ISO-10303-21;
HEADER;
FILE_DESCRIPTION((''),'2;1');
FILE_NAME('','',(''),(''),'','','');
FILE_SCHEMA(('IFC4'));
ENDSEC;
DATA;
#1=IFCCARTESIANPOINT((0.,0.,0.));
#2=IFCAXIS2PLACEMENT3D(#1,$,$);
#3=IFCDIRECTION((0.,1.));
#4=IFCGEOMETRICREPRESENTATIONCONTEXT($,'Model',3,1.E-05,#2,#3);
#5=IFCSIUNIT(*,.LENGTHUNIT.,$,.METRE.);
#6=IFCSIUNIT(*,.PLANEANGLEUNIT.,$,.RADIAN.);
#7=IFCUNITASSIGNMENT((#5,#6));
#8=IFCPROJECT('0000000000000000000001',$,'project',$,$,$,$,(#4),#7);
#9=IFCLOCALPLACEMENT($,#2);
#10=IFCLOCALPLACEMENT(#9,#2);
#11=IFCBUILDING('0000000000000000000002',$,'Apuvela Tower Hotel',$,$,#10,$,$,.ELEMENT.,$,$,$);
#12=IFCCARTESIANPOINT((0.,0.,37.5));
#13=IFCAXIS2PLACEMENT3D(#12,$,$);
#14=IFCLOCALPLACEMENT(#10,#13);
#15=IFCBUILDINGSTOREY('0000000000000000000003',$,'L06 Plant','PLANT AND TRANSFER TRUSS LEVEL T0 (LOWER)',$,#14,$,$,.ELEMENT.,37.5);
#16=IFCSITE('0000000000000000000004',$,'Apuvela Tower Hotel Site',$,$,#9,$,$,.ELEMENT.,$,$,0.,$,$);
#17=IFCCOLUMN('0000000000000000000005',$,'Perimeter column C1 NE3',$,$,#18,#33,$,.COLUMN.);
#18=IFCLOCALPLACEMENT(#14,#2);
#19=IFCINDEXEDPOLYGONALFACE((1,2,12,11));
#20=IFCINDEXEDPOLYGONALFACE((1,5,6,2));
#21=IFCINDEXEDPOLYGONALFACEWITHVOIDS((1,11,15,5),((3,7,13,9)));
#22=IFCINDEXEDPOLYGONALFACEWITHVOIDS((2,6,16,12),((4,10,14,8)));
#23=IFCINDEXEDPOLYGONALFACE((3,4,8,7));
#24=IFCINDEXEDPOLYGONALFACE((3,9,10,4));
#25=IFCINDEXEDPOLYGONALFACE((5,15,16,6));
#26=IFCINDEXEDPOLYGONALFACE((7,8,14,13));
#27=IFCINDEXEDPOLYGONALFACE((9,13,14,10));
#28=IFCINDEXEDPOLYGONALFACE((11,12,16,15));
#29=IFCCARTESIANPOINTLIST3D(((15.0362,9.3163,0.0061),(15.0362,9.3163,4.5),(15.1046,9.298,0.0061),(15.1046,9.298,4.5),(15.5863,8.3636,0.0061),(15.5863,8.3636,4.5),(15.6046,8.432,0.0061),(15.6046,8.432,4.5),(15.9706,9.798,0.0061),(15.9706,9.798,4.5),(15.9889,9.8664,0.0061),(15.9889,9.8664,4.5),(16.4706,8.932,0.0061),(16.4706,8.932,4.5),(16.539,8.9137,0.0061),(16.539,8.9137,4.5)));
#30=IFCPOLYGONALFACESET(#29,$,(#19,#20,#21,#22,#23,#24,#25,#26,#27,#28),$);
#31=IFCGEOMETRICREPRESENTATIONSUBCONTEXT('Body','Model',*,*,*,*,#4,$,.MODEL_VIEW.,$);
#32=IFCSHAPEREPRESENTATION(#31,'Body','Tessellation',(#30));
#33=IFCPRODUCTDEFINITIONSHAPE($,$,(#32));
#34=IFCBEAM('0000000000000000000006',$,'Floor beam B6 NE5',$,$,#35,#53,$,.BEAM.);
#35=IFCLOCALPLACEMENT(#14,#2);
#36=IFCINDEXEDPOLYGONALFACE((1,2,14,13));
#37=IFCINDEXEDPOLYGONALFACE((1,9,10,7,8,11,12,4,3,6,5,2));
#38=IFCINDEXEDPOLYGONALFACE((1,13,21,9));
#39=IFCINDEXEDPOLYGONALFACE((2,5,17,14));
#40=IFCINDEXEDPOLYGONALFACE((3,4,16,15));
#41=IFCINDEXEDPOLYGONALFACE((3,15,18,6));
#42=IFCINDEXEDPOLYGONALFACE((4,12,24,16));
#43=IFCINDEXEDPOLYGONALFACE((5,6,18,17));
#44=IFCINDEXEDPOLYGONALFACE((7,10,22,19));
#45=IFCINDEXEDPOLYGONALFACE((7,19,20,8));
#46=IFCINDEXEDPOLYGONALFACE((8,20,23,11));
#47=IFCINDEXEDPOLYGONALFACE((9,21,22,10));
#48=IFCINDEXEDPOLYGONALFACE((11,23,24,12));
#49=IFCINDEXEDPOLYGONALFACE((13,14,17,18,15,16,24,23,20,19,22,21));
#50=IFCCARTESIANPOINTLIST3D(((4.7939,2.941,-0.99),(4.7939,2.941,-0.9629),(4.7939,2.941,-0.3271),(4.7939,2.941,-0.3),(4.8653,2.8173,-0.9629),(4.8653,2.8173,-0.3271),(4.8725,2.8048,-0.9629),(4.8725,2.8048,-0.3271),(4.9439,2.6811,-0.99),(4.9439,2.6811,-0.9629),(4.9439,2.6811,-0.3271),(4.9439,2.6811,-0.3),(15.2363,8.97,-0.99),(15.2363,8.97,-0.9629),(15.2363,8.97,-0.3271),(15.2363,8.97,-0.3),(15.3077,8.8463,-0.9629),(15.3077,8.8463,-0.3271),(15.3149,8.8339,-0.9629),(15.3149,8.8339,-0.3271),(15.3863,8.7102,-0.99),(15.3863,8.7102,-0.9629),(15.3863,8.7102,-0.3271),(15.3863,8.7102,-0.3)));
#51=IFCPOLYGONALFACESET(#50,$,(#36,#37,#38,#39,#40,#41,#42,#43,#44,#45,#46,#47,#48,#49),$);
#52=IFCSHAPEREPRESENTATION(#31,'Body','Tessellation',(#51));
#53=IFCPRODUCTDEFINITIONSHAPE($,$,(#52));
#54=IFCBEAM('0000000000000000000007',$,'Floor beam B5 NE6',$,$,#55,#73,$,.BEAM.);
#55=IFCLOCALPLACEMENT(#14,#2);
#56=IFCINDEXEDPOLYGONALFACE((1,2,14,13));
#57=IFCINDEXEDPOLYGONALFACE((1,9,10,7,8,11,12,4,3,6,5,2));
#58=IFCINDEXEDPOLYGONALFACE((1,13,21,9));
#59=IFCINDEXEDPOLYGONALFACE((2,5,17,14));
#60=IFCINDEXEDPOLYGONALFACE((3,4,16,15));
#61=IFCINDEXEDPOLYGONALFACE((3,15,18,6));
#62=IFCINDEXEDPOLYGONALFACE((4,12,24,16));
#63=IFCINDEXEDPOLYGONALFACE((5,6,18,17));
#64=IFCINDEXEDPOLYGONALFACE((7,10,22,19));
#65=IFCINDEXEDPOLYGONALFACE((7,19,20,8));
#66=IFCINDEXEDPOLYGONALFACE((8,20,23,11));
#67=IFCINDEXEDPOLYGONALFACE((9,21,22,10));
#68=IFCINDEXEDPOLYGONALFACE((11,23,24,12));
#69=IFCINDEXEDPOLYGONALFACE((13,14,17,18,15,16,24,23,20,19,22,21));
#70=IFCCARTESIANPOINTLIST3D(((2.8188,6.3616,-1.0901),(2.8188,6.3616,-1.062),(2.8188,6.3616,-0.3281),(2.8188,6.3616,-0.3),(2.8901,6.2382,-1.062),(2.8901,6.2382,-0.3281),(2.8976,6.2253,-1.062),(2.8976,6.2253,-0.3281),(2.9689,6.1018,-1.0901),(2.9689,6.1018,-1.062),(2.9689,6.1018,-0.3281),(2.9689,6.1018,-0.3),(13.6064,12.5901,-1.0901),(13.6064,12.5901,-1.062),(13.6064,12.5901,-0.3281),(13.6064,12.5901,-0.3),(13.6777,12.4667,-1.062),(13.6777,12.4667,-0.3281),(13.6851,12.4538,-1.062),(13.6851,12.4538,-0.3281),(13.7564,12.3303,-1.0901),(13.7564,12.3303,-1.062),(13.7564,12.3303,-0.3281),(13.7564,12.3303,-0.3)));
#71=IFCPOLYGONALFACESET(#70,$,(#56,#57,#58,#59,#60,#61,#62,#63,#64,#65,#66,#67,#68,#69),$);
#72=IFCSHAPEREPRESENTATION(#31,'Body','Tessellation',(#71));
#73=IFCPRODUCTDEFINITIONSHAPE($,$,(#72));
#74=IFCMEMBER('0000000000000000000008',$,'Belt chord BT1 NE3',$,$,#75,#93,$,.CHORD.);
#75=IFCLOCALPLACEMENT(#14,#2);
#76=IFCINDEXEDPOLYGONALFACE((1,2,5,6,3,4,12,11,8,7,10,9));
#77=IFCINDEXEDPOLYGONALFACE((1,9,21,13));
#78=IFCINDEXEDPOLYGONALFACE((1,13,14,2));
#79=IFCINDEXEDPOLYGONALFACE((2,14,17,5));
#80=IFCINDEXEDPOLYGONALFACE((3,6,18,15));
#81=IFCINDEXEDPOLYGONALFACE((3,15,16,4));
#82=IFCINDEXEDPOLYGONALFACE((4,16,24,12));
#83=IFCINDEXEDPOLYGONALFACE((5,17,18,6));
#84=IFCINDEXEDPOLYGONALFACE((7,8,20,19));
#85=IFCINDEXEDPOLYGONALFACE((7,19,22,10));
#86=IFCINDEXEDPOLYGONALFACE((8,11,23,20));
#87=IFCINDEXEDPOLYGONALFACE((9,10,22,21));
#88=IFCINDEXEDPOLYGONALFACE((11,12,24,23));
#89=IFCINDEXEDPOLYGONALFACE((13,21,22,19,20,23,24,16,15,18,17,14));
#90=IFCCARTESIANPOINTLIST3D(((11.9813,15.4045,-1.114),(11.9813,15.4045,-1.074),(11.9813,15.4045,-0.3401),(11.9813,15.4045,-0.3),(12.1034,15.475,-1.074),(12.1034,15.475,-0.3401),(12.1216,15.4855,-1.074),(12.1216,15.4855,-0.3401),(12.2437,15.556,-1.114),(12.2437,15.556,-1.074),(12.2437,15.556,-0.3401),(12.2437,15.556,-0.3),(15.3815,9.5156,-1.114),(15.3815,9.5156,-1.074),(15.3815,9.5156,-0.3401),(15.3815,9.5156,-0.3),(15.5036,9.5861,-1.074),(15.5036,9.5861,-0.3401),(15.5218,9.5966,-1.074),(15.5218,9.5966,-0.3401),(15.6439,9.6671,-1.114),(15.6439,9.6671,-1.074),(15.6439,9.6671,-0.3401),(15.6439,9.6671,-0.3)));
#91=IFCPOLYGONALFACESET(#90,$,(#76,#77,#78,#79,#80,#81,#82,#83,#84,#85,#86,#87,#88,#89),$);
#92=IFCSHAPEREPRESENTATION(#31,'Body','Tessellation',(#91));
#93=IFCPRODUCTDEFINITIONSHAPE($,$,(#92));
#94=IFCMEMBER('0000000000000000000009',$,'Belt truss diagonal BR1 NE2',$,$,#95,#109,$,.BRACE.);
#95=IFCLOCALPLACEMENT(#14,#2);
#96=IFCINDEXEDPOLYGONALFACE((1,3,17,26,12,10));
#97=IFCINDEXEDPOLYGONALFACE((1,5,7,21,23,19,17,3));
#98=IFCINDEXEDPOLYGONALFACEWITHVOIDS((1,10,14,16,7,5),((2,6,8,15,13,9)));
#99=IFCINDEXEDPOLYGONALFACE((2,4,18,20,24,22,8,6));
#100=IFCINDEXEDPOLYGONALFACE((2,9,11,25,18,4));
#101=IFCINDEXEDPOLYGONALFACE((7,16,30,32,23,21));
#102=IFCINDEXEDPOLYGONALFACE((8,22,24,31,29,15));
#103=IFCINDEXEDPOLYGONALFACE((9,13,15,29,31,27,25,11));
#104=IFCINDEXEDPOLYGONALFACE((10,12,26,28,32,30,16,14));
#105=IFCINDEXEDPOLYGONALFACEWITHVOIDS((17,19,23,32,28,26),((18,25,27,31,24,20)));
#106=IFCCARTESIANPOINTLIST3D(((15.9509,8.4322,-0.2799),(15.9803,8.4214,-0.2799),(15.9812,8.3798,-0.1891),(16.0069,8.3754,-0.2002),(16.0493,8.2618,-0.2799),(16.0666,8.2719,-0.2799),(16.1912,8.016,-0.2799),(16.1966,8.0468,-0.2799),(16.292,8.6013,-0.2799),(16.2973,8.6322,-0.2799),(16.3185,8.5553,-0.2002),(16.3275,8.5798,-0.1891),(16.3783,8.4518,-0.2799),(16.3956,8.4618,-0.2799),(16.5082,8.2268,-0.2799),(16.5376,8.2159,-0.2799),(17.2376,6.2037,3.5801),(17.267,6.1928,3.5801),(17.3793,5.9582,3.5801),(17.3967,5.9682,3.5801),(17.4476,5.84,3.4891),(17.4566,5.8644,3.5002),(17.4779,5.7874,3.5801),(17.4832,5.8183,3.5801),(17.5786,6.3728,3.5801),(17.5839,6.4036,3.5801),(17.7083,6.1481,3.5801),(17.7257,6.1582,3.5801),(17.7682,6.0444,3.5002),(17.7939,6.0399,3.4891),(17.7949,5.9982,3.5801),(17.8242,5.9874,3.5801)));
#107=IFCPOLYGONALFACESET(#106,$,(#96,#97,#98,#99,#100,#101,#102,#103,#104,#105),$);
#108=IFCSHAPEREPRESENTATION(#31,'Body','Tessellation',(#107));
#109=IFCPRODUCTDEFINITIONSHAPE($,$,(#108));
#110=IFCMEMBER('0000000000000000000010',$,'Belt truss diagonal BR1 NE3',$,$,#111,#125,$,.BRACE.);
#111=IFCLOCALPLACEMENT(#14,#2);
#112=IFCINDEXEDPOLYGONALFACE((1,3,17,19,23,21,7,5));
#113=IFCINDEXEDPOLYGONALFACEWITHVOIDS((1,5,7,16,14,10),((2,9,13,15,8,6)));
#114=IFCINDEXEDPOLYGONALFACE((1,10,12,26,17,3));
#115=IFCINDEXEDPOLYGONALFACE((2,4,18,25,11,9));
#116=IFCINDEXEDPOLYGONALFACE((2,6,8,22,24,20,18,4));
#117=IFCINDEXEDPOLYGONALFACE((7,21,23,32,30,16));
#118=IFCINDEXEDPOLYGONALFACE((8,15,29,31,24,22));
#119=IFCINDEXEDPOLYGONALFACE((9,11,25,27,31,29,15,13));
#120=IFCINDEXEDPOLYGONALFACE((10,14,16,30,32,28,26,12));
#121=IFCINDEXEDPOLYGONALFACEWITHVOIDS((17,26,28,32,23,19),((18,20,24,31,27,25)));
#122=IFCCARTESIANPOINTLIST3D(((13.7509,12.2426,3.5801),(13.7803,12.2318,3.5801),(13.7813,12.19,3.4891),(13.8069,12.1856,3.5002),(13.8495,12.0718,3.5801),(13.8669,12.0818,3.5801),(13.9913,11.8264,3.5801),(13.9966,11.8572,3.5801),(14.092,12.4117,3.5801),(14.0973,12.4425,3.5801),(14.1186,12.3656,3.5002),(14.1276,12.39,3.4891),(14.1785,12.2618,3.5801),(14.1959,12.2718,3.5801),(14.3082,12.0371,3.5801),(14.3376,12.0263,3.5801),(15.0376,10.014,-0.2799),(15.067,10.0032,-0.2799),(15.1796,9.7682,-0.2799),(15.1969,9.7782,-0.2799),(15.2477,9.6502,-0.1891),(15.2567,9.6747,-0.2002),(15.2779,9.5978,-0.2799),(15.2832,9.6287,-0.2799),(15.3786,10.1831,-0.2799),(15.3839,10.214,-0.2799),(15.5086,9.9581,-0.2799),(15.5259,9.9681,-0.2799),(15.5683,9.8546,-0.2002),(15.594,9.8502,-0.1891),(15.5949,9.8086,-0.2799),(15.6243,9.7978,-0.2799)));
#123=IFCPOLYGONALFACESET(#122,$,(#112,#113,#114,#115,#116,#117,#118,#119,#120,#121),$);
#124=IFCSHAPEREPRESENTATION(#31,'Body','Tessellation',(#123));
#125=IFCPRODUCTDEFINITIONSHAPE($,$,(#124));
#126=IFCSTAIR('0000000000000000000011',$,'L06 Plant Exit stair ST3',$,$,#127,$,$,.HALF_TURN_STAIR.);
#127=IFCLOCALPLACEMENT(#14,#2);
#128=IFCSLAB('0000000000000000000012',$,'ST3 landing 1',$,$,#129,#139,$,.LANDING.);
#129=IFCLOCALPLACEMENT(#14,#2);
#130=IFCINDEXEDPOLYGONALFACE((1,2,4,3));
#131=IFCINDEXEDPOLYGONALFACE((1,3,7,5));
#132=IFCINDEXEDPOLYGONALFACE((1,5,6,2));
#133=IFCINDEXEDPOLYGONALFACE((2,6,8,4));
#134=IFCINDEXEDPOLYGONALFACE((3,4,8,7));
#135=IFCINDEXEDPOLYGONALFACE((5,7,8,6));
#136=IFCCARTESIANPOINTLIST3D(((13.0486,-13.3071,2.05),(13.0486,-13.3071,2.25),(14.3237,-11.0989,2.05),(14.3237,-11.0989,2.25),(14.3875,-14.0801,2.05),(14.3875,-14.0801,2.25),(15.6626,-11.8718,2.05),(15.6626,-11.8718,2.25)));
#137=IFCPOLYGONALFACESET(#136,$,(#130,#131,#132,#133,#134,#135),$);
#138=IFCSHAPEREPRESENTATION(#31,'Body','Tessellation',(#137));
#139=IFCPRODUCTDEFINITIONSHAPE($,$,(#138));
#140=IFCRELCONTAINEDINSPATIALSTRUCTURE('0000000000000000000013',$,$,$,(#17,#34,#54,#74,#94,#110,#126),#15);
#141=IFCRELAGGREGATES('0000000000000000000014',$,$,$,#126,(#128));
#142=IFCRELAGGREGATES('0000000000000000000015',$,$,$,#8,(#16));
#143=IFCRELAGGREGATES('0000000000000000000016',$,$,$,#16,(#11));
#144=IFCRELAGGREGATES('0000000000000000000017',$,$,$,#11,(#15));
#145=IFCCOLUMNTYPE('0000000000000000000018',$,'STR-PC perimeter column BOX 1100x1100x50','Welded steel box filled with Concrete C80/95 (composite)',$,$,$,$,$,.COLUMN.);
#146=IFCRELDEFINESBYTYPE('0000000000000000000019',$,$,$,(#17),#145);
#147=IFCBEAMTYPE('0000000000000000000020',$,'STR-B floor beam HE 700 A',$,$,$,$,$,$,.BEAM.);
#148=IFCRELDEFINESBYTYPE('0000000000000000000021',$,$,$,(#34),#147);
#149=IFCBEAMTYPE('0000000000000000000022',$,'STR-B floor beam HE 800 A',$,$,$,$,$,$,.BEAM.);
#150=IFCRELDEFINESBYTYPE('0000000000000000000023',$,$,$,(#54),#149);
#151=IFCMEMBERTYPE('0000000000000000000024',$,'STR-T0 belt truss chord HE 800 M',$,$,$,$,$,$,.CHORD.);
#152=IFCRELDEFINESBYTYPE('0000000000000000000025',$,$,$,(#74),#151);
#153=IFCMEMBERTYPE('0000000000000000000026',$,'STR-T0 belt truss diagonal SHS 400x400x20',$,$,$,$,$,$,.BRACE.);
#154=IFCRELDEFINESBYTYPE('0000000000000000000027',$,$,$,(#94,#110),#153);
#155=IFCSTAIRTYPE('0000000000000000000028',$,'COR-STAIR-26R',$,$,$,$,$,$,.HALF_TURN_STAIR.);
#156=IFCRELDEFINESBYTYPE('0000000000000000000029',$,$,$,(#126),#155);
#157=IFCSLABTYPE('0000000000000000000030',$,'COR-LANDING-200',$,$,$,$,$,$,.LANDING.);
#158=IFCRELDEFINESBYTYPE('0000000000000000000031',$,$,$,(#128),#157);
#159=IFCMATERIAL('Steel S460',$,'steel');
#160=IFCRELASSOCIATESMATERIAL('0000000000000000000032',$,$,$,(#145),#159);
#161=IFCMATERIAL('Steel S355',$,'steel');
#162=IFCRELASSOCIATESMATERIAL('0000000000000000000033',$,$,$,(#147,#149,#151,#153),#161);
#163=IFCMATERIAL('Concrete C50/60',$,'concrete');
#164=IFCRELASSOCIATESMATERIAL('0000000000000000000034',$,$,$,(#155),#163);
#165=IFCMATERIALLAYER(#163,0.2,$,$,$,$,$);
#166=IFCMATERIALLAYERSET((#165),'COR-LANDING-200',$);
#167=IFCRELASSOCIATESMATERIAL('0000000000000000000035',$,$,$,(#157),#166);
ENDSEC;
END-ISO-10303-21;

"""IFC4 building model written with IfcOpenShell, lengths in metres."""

from ifc_helpers import new_model, si_unit, direction, frame, origin, origin_2d, place, context, subcontext, project, spatial, polyline, rectangle, hollow_rectangle, i_section, outline, extrude, boolean, halfspace, material, layer, layer_set, material_profile, profile_set, type_object, element, aggregate, save


model = new_model("IFC4")

# Units and contexts
model_context = context("Model", 3, precision=1e-05, world=origin(), true_north=direction((0.0, 1.0)))
body_context = subcontext(model_context, "Body", "Model", "MODEL_VIEW")
ifc_project = project(units=[si_unit("LENGTHUNIT", "METRE"), si_unit("PLANEANGLEUNIT", "RADIAN")], contexts=[model_context])

# Site, building, storey
site_placement = place(None, origin())
site = spatial("IfcSite", under=ifc_project, at=site_placement, Name="Apuvela Tower Hotel Site", CompositionType="ELEMENT", RefElevation=0.0)
building_placement = place(site_placement, origin())
building = spatial("IfcBuilding", under=site, at=building_placement, Name="Apuvela Tower Hotel", CompositionType="ELEMENT")
storey_placement = place(building_placement, frame((0.0, 0.0, 37.5)))
storey = spatial("IfcBuildingStorey", under=building, at=storey_placement, Name="L06 Plant", Description="PLANT AND TRANSFER TRUSS LEVEL T0 (LOWER)", CompositionType="ELEMENT", Elevation=37.5)

# Column
ifc_material_1 = material(Name="Steel S460", Category="steel")
ifc_material_profile_1 = material_profile(ifc_material_1, hollow_rectangle(XDim=1.1001, YDim=1.1001, WallThickness=0.05, at=origin_2d()), Name="BOX 1100x1100x50")
ifc_material_2 = material(Name="Concrete C80/95", Category="concrete")
ifc_material_profile_2 = material_profile(ifc_material_2, rectangle(XDim=1.0, YDim=1.0, at=origin_2d()), Name="Concrete C80/95 infill")
ifc_profile_set_1 = profile_set([ifc_material_profile_1, ifc_material_profile_2], Name="Steel S460")
column_type = type_object("IfcColumnType", Name="STR-PC perimeter column BOX 1100x1100x50", Description="Welded steel box filled with Concrete C80/95 (composite)", PredefinedType="COLUMN", material=ifc_profile_set_1)
column_placement = place(storey_placement, frame((15.7876, 9.115, 0.0), z_axis=(0.0, 0.0, 1.0), x_axis=(-0.5, 0.866025, 0.0)))
element("IfcColumn", 1, at=column_placement, inside=storey, type_object=column_type, Name="Perimeter column C1 NE3", PredefinedType="COLUMN", context=body_context, shape_type="SweptSolid", body=[
    boolean("DIFFERENCE", extrude(hollow_rectangle(XDim=1.1001, YDim=1.1001, WallThickness=0.05, at=origin_2d()), origin(), (0.0, 0.0, 1.0), 4.5), halfspace(frame((0.0, 0.0, 0.0061), z_axis=(0.0, 0.0, 1.0), x_axis=(1.0, 0.0, 0.0)), True)),
])

# Beams
ifc_material_3 = material(Name="Steel S355", Category="steel")
ifc_material_profile_3 = material_profile(ifc_material_3, i_section(OverallWidth=0.3, OverallDepth=0.6899, WebThickness=0.0144, FlangeThickness=0.0271, at=origin_2d()), Name="HE 700 A")
ifc_profile_set_2 = profile_set([ifc_material_profile_3], Name="Steel S355")
beam_type_1 = type_object("IfcBeamType", Name="STR-B floor beam HE 700 A", PredefinedType="BEAM", material=ifc_profile_set_2)
beam_1_placement = place(storey_placement, frame((15.3113, 8.8401, -0.645), z_axis=(-0.86602, -0.500009, 0.0), x_axis=(0.500009, -0.86602, 0.0)))
element("IfcBeam", 2, at=beam_1_placement, inside=storey, type_object=beam_type_1, Name="Floor beam B6 NE5", PredefinedType="BEAM", context=body_context, shape_type="SweptSolid", body=[
    extrude(i_section(OverallWidth=0.3, OverallDepth=0.6899, WebThickness=0.0144, FlangeThickness=0.0271, at=origin_2d()), origin(), (0.0, 0.0, 1.0), 12.0579),
])
ifc_material_profile_4 = material_profile(ifc_material_3, i_section(OverallWidth=0.3, OverallDepth=0.79, WebThickness=0.0149, FlangeThickness=0.0281, at=origin_2d()), Name="HE 800 A")
ifc_profile_set_3 = profile_set([ifc_material_profile_4], Name="Steel S355")
beam_type_2 = type_object("IfcBeamType", Name="STR-B floor beam HE 800 A", PredefinedType="BEAM", material=ifc_profile_set_3)
beam_2_placement = place(storey_placement, frame((13.6814, 12.4602, -0.6951), z_axis=(-0.866015, -0.500018, 0.0), x_axis=(0.500018, -0.866015, 0.0)))
element("IfcBeam", 3, at=beam_2_placement, inside=storey, type_object=beam_type_2, Name="Floor beam B5 NE6", PredefinedType="BEAM", context=body_context, shape_type="SweptSolid", body=[
    extrude(i_section(OverallWidth=0.3, OverallDepth=0.79, WebThickness=0.0149, FlangeThickness=0.0281, at=origin_2d()), origin(), (0.0, 0.0, 1.0), 12.4565),
])

# Members
ifc_material_profile_5 = material_profile(ifc_material_3, i_section(OverallWidth=0.303, OverallDepth=0.814, WebThickness=0.021, FlangeThickness=0.04, at=origin_2d()), Name="HE 800 M")
ifc_profile_set_4 = profile_set([ifc_material_profile_5], Name="Steel S355")
member_type_1 = type_object("IfcMemberType", Name="STR-T0 belt truss chord HE 800 M", PredefinedType="CHORD", material=ifc_profile_set_4)
member_1_placement = place(storey_placement, frame((15.5127, 9.5913, -0.707), z_axis=(-0.50002, 0.866014, 0.0), x_axis=(-0.866014, -0.50002, 0.0)))
element("IfcMember", 4, at=member_1_placement, inside=storey, type_object=member_type_1, Name="Belt chord BT1 NE3", PredefinedType="CHORD", context=body_context, shape_type="SweptSolid", body=[
    extrude(i_section(OverallWidth=0.303, OverallDepth=0.814, WebThickness=0.021, FlangeThickness=0.04, at=origin_2d()), origin(), (0.0, 0.0, 1.0), 6.8),
])
ifc_material_profile_6 = material_profile(ifc_material_3, hollow_rectangle(XDim=0.3999, YDim=0.3999, WallThickness=0.02, at=origin_2d()), Name="SHS 400x400x20")
ifc_profile_set_5 = profile_set([ifc_material_profile_6], Name="Steel S355")
member_type_2 = type_object("IfcMemberType", Name="STR-T0 belt truss diagonal SHS 400x400x20", PredefinedType="BRACE", material=ifc_profile_set_5)
member_2_placement = place(storey_placement, frame((16.2375, 8.3357, -0.3), z_axis=(0.277351, -0.480378, 0.832054), x_axis=(-0.416033, 0.720576, 0.554695)))
solid_1 = boolean("DIFFERENCE", boolean("DIFFERENCE", extrude(hollow_rectangle(XDim=0.3999, YDim=0.3999, WallThickness=0.02, at=origin_2d()), frame((0.0, 0.0, -0.2534)), (0.0, 0.0, 1.0), 5.1941), halfspace(frame((0.0, 0.0, 0.0242), z_axis=(0.554695, 0.0, 0.832054), x_axis=(0.832054, 0.0, -0.554695)), True)), halfspace(frame((0.0, 0.0, 4.6633), z_axis=(0.554695, 0.0, 0.832054), x_axis=(0.832054, 0.0, -0.554695)), False))
element("IfcMember", 5, at=member_2_placement, inside=storey, type_object=member_type_2, Name="Belt truss diagonal BR1 NE2", PredefinedType="BRACE", context=body_context, shape_type="SweptSolid", body=[
    boolean("UNION", boolean("DIFFERENCE", boolean("DIFFERENCE", extrude(hollow_rectangle(XDim=0.3999, YDim=0.3999, WallThickness=0.02, at=origin_2d()), origin(), (0.0, 0.0, 1.0), 4.6873), halfspace(frame((0.0, 0.0, 0.0242), z_axis=(0.554695, 0.0, 0.832054), x_axis=(0.832054, 0.0, -0.554695)), True)), halfspace(frame((0.0, 0.0, 4.6633), z_axis=(0.554695, 0.0, 0.832054), x_axis=(0.832054, 0.0, -0.554695)), False)), solid_1),
])
member_3_placement = place(storey_placement, frame((15.3376, 9.8943, -0.3), z_axis=(-0.277351, 0.480378, 0.832054), x_axis=(0.416033, -0.720576, 0.554695)))
solid_2 = boolean("DIFFERENCE", boolean("DIFFERENCE", extrude(hollow_rectangle(XDim=0.3999, YDim=0.3999, WallThickness=0.02, at=origin_2d()), frame((0.0, 0.0, -0.2534)), (0.0, 0.0, 1.0), 5.1941), halfspace(frame((0.0, 0.0, 0.0242), z_axis=(0.554695, 0.0, 0.832054), x_axis=(0.832054, 0.0, -0.554695)), True)), halfspace(frame((0.0, 0.0, 4.6633), z_axis=(0.554695, 0.0, 0.832054), x_axis=(0.832054, 0.0, -0.554695)), False))
element("IfcMember", 6, at=member_3_placement, inside=storey, type_object=member_type_2, Name="Belt truss diagonal BR1 NE3", PredefinedType="BRACE", context=body_context, shape_type="SweptSolid", body=[
    boolean("UNION", boolean("DIFFERENCE", boolean("DIFFERENCE", extrude(hollow_rectangle(XDim=0.3999, YDim=0.3999, WallThickness=0.02, at=origin_2d()), origin(), (0.0, 0.0, 1.0), 4.6873), halfspace(frame((0.0, 0.0, 0.0242), z_axis=(0.554695, 0.0, 0.832054), x_axis=(0.832054, 0.0, -0.554695)), True)), halfspace(frame((0.0, 0.0, 4.6633), z_axis=(0.554695, 0.0, 0.832054), x_axis=(0.832054, 0.0, -0.554695)), False)), solid_2),
])

# Stair, slab
ifc_material_4 = material(Name="Concrete C50/60", Category="concrete")
stair_type = type_object("IfcStairType", Name="COR-STAIR-26R", PredefinedType="HALF_TURN_STAIR", material=ifc_material_4)
stair_placement = place(storey_placement, origin())
stair = element("IfcStair", 7, at=stair_placement, inside=storey, type_object=stair_type, Name="L06 Plant Exit stair ST3", PredefinedType="HALF_TURN_STAIR")
ifc_layer_1 = layer(ifc_material_4, 0.2)
ifc_layer_set_1 = layer_set([ifc_layer_1], Name="COR-LANDING-200")
slab_type = type_object("IfcSlabType", Name="COR-LANDING-200", PredefinedType="LANDING", material=ifc_layer_set_1)
slab_placement = place(storey_placement, frame((0.0, 0.0, 2.05)))
slab = element("IfcSlab", 8, at=slab_placement, type_object=slab_type, Name="ST3 landing 1", PredefinedType="LANDING", context=body_context, shape_type="SweptSolid", body=[
    extrude(outline(polyline([(13.0486, -13.3071), (14.3875, -14.0801), (15.6626, -11.8718), (14.3237, -11.0989), (13.0486, -13.3071)])), origin(), (0.0, 0.0, 1.0), 0.2),
])
aggregate(stair, [slab])

save(model, "model.ifc")
